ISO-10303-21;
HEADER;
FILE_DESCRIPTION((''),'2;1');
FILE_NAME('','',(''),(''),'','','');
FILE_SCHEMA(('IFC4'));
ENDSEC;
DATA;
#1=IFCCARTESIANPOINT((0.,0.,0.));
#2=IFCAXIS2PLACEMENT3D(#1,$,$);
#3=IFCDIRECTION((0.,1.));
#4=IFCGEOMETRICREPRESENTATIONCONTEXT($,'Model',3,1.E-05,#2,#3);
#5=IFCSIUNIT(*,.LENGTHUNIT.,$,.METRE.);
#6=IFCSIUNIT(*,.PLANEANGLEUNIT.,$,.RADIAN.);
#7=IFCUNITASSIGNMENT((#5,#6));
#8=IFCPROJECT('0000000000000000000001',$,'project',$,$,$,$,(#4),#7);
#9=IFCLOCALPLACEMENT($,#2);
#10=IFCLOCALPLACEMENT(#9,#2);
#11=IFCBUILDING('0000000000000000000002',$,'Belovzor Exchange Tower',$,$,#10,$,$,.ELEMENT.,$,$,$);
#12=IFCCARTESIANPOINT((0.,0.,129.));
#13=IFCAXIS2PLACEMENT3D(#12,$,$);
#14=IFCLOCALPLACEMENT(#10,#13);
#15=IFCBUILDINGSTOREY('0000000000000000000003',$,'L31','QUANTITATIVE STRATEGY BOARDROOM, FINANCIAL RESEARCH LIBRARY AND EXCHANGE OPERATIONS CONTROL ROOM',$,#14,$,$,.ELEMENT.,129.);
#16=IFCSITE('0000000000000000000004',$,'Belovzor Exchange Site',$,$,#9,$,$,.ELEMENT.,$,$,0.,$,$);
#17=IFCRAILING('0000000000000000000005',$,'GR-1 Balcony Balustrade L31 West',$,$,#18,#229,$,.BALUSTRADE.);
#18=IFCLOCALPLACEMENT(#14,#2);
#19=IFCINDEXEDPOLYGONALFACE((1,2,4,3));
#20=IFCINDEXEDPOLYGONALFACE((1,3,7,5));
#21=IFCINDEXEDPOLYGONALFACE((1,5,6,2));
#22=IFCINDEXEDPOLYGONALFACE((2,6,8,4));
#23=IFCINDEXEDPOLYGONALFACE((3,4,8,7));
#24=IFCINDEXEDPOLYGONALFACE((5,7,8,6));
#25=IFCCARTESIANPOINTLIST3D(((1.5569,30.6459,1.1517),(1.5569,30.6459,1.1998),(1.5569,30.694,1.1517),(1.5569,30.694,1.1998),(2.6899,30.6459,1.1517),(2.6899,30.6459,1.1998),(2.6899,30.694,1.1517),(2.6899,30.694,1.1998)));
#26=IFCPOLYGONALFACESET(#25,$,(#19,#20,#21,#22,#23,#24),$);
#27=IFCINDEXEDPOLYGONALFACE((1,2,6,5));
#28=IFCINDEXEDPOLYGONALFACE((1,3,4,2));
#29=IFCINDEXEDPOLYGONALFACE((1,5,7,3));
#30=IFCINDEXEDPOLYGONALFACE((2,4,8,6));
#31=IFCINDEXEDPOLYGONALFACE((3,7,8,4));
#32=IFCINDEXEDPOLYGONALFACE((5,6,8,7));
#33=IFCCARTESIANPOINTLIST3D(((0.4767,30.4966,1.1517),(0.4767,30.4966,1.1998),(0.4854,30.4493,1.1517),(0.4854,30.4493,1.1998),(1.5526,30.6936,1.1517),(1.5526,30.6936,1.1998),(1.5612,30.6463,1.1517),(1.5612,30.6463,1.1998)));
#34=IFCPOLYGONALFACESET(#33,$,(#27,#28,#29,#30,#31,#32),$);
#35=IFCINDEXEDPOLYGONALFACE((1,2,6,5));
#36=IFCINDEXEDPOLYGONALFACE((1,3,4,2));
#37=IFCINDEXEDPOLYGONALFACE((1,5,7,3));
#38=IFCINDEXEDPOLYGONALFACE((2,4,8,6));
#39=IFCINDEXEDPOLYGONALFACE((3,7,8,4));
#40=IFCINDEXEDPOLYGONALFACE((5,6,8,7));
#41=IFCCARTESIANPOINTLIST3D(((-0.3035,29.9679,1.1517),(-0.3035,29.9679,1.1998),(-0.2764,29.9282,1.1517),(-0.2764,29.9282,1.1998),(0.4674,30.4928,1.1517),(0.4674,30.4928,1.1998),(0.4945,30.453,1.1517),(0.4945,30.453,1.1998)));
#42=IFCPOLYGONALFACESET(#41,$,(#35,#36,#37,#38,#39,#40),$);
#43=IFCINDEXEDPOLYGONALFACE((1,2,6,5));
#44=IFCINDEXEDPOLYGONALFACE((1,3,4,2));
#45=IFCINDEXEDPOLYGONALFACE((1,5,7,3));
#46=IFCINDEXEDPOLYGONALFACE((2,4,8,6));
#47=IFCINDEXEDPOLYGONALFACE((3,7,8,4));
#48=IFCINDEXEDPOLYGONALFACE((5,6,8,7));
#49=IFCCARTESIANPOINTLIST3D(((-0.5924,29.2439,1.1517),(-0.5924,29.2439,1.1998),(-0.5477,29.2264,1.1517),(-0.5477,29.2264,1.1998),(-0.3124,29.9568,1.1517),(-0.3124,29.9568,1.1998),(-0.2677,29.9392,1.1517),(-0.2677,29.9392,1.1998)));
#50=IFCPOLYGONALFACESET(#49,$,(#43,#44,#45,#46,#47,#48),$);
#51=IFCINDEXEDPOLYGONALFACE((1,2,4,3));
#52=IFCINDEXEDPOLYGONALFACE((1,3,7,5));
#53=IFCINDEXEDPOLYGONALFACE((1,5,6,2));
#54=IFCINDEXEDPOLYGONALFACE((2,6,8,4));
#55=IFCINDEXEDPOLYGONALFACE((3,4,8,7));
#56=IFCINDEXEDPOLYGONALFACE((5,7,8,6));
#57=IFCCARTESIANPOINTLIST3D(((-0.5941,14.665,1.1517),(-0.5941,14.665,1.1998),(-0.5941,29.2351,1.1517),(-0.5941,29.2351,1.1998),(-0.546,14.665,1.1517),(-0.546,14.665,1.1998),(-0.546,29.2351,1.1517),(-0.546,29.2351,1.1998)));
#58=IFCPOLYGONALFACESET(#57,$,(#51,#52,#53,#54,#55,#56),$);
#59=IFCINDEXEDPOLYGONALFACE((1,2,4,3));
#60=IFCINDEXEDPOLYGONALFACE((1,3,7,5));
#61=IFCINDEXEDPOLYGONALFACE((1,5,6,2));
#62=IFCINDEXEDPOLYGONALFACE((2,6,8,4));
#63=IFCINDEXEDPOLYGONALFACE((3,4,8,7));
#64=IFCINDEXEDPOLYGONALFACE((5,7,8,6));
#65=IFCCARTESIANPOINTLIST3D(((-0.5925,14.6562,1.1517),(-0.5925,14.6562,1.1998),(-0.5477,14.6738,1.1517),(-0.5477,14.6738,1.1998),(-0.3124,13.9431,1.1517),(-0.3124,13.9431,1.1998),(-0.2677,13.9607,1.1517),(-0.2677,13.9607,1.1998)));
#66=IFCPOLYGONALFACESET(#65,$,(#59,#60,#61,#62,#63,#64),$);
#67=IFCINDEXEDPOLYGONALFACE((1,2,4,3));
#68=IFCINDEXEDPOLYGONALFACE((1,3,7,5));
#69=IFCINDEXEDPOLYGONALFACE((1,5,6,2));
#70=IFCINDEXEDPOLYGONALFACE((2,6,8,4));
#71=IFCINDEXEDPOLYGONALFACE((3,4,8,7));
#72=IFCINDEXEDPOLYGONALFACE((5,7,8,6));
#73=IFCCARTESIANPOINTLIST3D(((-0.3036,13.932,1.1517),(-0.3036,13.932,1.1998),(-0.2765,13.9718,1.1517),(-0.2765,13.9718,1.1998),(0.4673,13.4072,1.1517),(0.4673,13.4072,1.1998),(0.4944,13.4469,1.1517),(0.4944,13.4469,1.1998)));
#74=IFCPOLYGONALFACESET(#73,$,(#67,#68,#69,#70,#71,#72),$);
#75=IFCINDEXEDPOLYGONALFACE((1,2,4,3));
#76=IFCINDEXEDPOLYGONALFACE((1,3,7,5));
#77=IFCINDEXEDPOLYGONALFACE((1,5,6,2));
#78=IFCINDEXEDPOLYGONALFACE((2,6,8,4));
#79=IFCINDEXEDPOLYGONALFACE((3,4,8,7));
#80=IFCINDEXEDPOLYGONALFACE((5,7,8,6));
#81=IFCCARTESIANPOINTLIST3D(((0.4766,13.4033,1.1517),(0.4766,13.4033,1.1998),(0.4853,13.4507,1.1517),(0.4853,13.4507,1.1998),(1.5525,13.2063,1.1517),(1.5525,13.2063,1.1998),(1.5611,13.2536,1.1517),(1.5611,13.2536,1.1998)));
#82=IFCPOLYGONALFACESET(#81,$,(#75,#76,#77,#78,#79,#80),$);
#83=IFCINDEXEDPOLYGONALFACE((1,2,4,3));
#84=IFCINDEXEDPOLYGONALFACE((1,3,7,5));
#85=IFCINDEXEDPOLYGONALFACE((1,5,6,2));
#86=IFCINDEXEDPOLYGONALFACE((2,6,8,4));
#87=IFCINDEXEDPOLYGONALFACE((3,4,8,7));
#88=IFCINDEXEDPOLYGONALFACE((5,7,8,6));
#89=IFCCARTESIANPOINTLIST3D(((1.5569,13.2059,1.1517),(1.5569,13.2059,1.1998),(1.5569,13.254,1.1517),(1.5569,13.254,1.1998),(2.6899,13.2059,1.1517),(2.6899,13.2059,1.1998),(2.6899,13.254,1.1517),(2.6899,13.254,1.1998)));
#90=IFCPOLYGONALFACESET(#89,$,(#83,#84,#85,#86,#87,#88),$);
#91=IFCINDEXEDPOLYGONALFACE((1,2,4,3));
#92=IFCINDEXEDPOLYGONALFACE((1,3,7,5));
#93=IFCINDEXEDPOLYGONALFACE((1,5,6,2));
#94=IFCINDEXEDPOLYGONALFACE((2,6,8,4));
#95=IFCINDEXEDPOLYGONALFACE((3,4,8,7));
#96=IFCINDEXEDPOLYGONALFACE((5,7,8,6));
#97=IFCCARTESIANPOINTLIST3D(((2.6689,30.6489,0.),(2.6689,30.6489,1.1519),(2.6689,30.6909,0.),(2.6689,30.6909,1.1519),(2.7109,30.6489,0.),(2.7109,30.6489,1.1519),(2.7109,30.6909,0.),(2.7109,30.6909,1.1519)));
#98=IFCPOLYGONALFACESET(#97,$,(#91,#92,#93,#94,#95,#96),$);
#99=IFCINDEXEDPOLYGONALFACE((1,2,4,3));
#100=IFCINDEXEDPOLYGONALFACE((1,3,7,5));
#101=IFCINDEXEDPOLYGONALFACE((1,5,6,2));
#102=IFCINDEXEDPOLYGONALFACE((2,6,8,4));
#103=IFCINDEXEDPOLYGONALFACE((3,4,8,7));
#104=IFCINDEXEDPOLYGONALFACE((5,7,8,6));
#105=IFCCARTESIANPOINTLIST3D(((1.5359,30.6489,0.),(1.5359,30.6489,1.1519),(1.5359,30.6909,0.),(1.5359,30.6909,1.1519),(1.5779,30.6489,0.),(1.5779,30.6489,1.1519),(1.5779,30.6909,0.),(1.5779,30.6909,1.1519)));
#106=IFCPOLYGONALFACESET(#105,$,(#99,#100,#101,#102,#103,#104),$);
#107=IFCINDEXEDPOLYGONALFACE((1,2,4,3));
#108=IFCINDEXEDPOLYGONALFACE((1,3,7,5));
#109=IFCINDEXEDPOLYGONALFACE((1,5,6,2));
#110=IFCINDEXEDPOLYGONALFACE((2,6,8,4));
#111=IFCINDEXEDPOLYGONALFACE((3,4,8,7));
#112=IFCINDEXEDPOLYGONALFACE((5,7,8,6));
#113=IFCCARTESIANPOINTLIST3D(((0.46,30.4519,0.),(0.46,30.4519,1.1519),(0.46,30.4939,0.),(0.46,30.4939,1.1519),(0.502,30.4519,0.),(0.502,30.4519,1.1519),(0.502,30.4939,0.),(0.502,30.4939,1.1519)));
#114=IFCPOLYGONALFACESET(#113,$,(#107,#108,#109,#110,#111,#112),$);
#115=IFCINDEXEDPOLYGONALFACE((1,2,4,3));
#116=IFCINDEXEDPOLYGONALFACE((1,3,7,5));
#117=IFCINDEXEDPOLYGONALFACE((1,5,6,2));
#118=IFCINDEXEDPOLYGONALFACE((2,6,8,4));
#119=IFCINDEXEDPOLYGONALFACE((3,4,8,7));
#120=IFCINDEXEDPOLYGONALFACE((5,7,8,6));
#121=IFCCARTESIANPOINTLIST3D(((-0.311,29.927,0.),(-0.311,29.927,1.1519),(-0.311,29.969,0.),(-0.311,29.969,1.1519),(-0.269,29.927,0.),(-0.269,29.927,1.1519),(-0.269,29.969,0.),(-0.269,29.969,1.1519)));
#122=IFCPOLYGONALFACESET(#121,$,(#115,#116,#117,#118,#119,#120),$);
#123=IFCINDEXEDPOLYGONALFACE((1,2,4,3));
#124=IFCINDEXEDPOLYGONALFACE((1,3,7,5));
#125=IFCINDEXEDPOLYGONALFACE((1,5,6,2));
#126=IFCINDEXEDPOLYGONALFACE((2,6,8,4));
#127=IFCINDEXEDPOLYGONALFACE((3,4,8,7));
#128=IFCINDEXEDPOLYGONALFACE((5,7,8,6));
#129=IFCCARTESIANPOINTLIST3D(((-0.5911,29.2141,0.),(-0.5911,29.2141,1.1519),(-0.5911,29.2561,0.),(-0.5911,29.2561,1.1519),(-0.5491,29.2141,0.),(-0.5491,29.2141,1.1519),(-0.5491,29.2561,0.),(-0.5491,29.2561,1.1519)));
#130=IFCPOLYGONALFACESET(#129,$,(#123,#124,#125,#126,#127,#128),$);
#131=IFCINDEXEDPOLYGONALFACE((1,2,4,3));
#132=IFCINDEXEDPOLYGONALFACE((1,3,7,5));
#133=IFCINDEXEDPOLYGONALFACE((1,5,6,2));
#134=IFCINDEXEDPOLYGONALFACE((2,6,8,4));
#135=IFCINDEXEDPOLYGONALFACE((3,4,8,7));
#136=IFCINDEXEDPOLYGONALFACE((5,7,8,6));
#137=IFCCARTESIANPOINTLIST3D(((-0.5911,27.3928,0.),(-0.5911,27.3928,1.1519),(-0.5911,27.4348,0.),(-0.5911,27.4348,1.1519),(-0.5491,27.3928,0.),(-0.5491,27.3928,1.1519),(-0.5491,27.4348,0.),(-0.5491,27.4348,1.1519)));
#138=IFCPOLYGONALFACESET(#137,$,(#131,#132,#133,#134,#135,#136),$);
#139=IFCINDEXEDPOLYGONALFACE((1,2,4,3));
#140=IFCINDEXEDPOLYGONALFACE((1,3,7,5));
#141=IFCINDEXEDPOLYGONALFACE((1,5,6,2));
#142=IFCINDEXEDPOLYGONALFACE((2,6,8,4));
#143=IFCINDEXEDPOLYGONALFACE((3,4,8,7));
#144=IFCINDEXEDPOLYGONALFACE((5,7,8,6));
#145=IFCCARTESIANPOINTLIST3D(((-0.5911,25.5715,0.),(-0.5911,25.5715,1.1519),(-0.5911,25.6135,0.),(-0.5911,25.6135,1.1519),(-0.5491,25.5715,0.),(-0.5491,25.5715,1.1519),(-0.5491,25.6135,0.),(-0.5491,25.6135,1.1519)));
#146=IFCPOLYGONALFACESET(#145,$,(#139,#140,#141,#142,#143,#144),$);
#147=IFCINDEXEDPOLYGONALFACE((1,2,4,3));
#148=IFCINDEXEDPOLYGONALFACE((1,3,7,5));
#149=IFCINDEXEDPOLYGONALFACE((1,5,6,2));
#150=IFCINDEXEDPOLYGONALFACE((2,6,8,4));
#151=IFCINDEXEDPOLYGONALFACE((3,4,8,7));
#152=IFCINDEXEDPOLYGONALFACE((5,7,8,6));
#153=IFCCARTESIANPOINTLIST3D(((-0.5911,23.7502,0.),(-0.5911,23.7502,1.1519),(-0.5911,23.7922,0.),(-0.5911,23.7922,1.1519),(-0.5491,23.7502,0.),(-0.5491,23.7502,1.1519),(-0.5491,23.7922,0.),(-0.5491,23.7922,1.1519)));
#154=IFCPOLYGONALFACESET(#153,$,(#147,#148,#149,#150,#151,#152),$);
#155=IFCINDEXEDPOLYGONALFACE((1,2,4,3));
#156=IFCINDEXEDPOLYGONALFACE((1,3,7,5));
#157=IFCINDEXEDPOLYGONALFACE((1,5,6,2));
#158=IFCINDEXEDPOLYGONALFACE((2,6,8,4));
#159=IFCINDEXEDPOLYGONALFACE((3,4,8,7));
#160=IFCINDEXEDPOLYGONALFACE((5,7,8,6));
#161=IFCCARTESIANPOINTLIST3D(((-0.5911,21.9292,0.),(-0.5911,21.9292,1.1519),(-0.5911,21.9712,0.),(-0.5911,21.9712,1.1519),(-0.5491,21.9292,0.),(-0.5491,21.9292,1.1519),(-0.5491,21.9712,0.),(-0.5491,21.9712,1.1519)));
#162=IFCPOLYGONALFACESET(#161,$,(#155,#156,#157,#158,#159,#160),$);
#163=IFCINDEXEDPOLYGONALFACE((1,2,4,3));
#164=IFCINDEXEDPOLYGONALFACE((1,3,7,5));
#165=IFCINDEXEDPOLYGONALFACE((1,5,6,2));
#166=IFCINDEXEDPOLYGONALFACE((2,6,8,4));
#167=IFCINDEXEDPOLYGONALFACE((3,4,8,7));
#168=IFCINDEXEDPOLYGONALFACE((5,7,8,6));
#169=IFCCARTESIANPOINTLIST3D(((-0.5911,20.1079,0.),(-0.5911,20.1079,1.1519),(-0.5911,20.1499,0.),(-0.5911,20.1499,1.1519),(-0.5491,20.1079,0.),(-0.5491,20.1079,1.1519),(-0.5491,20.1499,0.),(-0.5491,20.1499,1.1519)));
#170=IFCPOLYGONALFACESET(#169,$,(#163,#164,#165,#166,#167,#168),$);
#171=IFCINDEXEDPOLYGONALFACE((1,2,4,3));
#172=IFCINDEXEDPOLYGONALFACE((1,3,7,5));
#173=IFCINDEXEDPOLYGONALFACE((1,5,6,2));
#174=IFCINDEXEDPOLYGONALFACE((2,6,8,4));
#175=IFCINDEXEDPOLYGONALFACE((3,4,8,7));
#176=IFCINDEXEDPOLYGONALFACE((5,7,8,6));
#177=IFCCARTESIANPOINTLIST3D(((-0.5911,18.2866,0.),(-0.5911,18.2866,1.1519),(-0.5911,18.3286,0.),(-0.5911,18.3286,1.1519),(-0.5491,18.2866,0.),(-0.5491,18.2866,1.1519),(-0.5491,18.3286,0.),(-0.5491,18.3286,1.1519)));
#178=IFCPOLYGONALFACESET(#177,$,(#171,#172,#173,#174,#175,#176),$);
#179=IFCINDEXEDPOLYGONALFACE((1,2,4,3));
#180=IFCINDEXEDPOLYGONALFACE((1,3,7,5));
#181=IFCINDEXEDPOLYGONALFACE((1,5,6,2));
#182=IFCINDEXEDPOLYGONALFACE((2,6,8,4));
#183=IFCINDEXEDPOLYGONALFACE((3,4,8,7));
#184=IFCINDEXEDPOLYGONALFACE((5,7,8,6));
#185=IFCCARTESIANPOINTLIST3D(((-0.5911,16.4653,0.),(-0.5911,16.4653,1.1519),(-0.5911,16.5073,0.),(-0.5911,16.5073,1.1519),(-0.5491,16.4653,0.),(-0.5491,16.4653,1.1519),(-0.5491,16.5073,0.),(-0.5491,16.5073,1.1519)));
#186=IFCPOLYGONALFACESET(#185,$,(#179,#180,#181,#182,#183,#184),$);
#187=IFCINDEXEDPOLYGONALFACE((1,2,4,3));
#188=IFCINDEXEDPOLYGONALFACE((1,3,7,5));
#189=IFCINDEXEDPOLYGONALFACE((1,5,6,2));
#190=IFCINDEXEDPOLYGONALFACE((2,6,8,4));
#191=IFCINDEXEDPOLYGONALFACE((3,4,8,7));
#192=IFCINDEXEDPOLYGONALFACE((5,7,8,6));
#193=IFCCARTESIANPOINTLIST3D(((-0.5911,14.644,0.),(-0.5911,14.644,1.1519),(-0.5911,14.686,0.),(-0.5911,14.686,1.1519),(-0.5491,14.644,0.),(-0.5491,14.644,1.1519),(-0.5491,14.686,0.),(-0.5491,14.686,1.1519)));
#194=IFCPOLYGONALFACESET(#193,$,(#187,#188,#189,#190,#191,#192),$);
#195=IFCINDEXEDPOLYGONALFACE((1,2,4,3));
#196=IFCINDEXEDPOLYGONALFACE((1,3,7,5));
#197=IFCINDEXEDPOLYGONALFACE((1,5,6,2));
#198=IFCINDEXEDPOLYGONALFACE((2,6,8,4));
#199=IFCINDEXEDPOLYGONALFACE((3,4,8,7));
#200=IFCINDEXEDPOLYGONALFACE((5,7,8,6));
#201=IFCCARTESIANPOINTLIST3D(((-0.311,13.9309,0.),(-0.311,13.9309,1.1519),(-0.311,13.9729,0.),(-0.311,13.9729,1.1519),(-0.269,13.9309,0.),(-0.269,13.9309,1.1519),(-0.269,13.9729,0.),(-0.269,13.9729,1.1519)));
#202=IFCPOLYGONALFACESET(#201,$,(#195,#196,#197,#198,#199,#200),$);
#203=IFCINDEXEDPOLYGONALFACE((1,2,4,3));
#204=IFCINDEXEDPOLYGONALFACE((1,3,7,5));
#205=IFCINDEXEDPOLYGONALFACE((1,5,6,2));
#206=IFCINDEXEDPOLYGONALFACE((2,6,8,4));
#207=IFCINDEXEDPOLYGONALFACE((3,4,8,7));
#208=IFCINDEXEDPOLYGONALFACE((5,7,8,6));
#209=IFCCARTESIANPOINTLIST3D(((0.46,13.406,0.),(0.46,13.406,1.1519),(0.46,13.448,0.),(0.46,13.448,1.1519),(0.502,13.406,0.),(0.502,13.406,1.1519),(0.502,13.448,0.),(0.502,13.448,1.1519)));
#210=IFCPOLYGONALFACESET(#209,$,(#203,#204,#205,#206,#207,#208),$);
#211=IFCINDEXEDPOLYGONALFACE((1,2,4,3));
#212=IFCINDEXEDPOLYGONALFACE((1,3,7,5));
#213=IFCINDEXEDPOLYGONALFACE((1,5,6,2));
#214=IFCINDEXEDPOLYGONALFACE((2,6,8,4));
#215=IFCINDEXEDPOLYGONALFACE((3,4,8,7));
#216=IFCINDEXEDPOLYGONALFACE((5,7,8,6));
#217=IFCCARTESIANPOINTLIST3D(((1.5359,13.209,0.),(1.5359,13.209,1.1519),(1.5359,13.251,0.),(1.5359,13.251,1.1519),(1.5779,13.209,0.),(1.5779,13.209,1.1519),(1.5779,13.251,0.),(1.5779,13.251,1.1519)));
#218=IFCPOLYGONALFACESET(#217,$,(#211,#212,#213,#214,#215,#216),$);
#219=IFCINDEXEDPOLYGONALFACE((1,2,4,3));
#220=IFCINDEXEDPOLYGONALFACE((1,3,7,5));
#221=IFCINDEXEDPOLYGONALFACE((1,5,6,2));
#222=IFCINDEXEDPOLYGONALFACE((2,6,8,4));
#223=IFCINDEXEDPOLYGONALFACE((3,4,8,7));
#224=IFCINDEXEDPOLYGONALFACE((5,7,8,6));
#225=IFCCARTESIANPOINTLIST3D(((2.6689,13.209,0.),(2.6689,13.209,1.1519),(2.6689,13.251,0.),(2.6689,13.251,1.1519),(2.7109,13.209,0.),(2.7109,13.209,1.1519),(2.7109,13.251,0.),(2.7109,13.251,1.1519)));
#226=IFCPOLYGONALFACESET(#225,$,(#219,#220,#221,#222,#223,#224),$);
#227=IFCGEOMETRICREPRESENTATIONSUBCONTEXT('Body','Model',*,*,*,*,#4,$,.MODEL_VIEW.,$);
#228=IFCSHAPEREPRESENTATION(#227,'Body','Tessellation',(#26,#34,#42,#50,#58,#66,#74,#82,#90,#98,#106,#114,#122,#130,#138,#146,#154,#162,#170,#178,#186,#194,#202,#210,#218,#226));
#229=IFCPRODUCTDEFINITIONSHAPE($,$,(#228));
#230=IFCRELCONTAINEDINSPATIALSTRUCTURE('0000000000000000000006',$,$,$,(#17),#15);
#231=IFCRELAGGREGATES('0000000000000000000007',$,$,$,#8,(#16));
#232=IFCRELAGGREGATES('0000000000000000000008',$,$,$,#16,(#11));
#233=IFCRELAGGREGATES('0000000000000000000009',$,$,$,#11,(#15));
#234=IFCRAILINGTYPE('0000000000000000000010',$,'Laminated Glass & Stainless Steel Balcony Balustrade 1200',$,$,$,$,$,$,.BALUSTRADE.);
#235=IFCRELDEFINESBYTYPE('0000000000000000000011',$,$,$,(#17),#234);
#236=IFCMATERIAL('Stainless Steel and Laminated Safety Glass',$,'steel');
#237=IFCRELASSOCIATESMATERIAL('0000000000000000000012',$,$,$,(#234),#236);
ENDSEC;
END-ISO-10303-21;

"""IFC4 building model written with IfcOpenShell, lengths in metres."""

from ifc_helpers import new_model, si_unit, direction, frame, origin, origin_2d, place, context, subcontext, project, spatial, rectangle, extrude, material, type_object, element, save


model = new_model("IFC4")

# Units and contexts
model_context = context("Model", 3, precision=1e-05, world=origin(), true_north=direction((0.0, 1.0)))
body_context = subcontext(model_context, "Body", "Model", "MODEL_VIEW")
ifc_project = project(units=[si_unit("LENGTHUNIT", "METRE"), si_unit("PLANEANGLEUNIT", "RADIAN")], contexts=[model_context])

# Site, building, storey
site_placement = place(None, origin())
site = spatial("IfcSite", under=ifc_project, at=site_placement, Name="Belovzor Exchange Site", CompositionType="ELEMENT", RefElevation=0.0)
building_placement = place(site_placement, origin())
building = spatial("IfcBuilding", under=site, at=building_placement, Name="Belovzor Exchange Tower", CompositionType="ELEMENT")
storey_placement = place(building_placement, frame((0.0, 0.0, 129.0)))
storey = spatial("IfcBuildingStorey", under=building, at=storey_placement, Name="L31", Description="QUANTITATIVE STRATEGY BOARDROOM, FINANCIAL RESEARCH LIBRARY AND EXCHANGE OPERATIONS CONTROL ROOM", CompositionType="ELEMENT", Elevation=129.0)

# Railing
ifc_material_1 = material(Name="Stainless Steel and Laminated Safety Glass", Category="steel")
railing_type = type_object("IfcRailingType", Name="Laminated Glass & Stainless Steel Balcony Balustrade 1200", PredefinedType="BALUSTRADE", material=ifc_material_1)
railing_placement = place(storey_placement, frame((2.6899, 30.6699, 0.0)))
element("IfcRailing", 1, at=railing_placement, inside=storey, type_object=railing_type, Name="GR-1 Balcony Balustrade L31 West", PredefinedType="BALUSTRADE", context=body_context, shape_type="SweptSolid", body=[
    extrude(rectangle(XDim=0.0481, YDim=0.0481, at=origin_2d()), frame((0.0, 0.0, 1.1758), z_axis=(-1.0, 0.0, 0.0), x_axis=(0.0, -1.0, 0.0)), (0.0, 0.0, 1.0), 1.1331),
    extrude(rectangle(XDim=0.0481, YDim=0.0481, at=origin_2d()), frame((-1.1331, 0.0, 1.1758), z_axis=(-0.983644, -0.180123, 0.0), x_axis=(0.180123, -0.983644, 0.0)), (0.0, 0.0, 1.0), 1.0938),
    extrude(rectangle(XDim=0.0481, YDim=0.0481, at=origin_2d()), frame((-2.209, -0.197, 1.1758), z_axis=(-0.826615, -0.562768, 0.0), x_axis=(0.562768, -0.826615, 0.0)), (0.0, 0.0, 1.0), 0.9326),
    extrude(rectangle(XDim=0.0481, YDim=0.0481, at=origin_2d()), frame((-2.98, -0.7219, 1.1758), z_axis=(-0.365613, -0.930767, 0.0), x_axis=(0.930767, -0.365613, 0.0)), (0.0, 0.0, 1.0), 0.7659),
    extrude(rectangle(XDim=0.0481, YDim=0.0481, at=origin_2d()), frame((-3.26, -1.4348, 1.1758), z_axis=(0.0, -1.0, 0.0), x_axis=(1.0, 0.0, 0.0)), (0.0, 0.0, 1.0), 14.5701),
    extrude(rectangle(XDim=0.0481, YDim=0.0481, at=origin_2d()), frame((-3.26, -16.0049, 1.1758), z_axis=(0.365504, -0.93081, 0.0), x_axis=(0.93081, 0.365504, 0.0)), (0.0, 0.0, 1.0), 0.7661),
    extrude(rectangle(XDim=0.0481, YDim=0.0481, at=origin_2d()), frame((-2.98, -16.718, 1.1758), z_axis=(0.826615, -0.562768, 0.0), x_axis=(0.562768, 0.826615, 0.0)), (0.0, 0.0, 1.0), 0.9326),
    extrude(rectangle(XDim=0.0481, YDim=0.0481, at=origin_2d()), frame((-2.209, -17.2429, 1.1758), z_axis=(0.983644, -0.180123, 0.0), x_axis=(0.180123, 0.983644, 0.0)), (0.0, 0.0, 1.0), 1.0938),
    extrude(rectangle(XDim=0.0481, YDim=0.0481, at=origin_2d()), frame((-1.1331, -17.4399, 1.1758), z_axis=(1.0, 0.0, 0.0), x_axis=(0.0, 1.0, 0.0)), (0.0, 0.0, 1.0), 1.1331),
    extrude(rectangle(XDim=0.042, YDim=0.042, at=origin_2d()), origin(), (0.0, 0.0, 1.0), 1.1519),
    extrude(rectangle(XDim=0.042, YDim=0.042, at=origin_2d()), frame((-1.1331, 0.0, 0.0)), (0.0, 0.0, 1.0), 1.1519),
    extrude(rectangle(XDim=0.042, YDim=0.042, at=origin_2d()), frame((-2.209, -0.197, 0.0)), (0.0, 0.0, 1.0), 1.1519),
    extrude(rectangle(XDim=0.042, YDim=0.042, at=origin_2d()), frame((-2.98, -0.7219, 0.0)), (0.0, 0.0, 1.0), 1.1519),
    extrude(rectangle(XDim=0.042, YDim=0.042, at=origin_2d()), frame((-3.26, -1.4348, 0.0)), (0.0, 0.0, 1.0), 1.1519),
    extrude(rectangle(XDim=0.042, YDim=0.042, at=origin_2d()), frame((-3.26, -3.2561, 0.0)), (0.0, 0.0, 1.0), 1.1519),
    extrude(rectangle(XDim=0.042, YDim=0.042, at=origin_2d()), frame((-3.26, -5.0774, 0.0)), (0.0, 0.0, 1.0), 1.1519),
    extrude(rectangle(XDim=0.042, YDim=0.042, at=origin_2d()), frame((-3.26, -6.8987, 0.0)), (0.0, 0.0, 1.0), 1.1519),
    extrude(rectangle(XDim=0.042, YDim=0.042, at=origin_2d()), frame((-3.26, -8.7197, 0.0)), (0.0, 0.0, 1.0), 1.1519),
    extrude(rectangle(XDim=0.042, YDim=0.042, at=origin_2d()), frame((-3.26, -10.541, 0.0)), (0.0, 0.0, 1.0), 1.1519),
    extrude(rectangle(XDim=0.042, YDim=0.042, at=origin_2d()), frame((-3.26, -12.3623, 0.0)), (0.0, 0.0, 1.0), 1.1519),
    extrude(rectangle(XDim=0.042, YDim=0.042, at=origin_2d()), frame((-3.26, -14.1836, 0.0)), (0.0, 0.0, 1.0), 1.1519),
    extrude(rectangle(XDim=0.042, YDim=0.042, at=origin_2d()), frame((-3.26, -16.0049, 0.0)), (0.0, 0.0, 1.0), 1.1519),
    extrude(rectangle(XDim=0.042, YDim=0.042, at=origin_2d()), frame((-2.98, -16.718, 0.0)), (0.0, 0.0, 1.0), 1.1519),
    extrude(rectangle(XDim=0.042, YDim=0.042, at=origin_2d()), frame((-2.209, -17.2429, 0.0)), (0.0, 0.0, 1.0), 1.1519),
    extrude(rectangle(XDim=0.042, YDim=0.042, at=origin_2d()), frame((-1.1331, -17.4399, 0.0)), (0.0, 0.0, 1.0), 1.1519),
    extrude(rectangle(XDim=0.042, YDim=0.042, at=origin_2d()), frame((0.0, -17.4399, 0.0)), (0.0, 0.0, 1.0), 1.1519),
])

save(model, "model.ifc")
